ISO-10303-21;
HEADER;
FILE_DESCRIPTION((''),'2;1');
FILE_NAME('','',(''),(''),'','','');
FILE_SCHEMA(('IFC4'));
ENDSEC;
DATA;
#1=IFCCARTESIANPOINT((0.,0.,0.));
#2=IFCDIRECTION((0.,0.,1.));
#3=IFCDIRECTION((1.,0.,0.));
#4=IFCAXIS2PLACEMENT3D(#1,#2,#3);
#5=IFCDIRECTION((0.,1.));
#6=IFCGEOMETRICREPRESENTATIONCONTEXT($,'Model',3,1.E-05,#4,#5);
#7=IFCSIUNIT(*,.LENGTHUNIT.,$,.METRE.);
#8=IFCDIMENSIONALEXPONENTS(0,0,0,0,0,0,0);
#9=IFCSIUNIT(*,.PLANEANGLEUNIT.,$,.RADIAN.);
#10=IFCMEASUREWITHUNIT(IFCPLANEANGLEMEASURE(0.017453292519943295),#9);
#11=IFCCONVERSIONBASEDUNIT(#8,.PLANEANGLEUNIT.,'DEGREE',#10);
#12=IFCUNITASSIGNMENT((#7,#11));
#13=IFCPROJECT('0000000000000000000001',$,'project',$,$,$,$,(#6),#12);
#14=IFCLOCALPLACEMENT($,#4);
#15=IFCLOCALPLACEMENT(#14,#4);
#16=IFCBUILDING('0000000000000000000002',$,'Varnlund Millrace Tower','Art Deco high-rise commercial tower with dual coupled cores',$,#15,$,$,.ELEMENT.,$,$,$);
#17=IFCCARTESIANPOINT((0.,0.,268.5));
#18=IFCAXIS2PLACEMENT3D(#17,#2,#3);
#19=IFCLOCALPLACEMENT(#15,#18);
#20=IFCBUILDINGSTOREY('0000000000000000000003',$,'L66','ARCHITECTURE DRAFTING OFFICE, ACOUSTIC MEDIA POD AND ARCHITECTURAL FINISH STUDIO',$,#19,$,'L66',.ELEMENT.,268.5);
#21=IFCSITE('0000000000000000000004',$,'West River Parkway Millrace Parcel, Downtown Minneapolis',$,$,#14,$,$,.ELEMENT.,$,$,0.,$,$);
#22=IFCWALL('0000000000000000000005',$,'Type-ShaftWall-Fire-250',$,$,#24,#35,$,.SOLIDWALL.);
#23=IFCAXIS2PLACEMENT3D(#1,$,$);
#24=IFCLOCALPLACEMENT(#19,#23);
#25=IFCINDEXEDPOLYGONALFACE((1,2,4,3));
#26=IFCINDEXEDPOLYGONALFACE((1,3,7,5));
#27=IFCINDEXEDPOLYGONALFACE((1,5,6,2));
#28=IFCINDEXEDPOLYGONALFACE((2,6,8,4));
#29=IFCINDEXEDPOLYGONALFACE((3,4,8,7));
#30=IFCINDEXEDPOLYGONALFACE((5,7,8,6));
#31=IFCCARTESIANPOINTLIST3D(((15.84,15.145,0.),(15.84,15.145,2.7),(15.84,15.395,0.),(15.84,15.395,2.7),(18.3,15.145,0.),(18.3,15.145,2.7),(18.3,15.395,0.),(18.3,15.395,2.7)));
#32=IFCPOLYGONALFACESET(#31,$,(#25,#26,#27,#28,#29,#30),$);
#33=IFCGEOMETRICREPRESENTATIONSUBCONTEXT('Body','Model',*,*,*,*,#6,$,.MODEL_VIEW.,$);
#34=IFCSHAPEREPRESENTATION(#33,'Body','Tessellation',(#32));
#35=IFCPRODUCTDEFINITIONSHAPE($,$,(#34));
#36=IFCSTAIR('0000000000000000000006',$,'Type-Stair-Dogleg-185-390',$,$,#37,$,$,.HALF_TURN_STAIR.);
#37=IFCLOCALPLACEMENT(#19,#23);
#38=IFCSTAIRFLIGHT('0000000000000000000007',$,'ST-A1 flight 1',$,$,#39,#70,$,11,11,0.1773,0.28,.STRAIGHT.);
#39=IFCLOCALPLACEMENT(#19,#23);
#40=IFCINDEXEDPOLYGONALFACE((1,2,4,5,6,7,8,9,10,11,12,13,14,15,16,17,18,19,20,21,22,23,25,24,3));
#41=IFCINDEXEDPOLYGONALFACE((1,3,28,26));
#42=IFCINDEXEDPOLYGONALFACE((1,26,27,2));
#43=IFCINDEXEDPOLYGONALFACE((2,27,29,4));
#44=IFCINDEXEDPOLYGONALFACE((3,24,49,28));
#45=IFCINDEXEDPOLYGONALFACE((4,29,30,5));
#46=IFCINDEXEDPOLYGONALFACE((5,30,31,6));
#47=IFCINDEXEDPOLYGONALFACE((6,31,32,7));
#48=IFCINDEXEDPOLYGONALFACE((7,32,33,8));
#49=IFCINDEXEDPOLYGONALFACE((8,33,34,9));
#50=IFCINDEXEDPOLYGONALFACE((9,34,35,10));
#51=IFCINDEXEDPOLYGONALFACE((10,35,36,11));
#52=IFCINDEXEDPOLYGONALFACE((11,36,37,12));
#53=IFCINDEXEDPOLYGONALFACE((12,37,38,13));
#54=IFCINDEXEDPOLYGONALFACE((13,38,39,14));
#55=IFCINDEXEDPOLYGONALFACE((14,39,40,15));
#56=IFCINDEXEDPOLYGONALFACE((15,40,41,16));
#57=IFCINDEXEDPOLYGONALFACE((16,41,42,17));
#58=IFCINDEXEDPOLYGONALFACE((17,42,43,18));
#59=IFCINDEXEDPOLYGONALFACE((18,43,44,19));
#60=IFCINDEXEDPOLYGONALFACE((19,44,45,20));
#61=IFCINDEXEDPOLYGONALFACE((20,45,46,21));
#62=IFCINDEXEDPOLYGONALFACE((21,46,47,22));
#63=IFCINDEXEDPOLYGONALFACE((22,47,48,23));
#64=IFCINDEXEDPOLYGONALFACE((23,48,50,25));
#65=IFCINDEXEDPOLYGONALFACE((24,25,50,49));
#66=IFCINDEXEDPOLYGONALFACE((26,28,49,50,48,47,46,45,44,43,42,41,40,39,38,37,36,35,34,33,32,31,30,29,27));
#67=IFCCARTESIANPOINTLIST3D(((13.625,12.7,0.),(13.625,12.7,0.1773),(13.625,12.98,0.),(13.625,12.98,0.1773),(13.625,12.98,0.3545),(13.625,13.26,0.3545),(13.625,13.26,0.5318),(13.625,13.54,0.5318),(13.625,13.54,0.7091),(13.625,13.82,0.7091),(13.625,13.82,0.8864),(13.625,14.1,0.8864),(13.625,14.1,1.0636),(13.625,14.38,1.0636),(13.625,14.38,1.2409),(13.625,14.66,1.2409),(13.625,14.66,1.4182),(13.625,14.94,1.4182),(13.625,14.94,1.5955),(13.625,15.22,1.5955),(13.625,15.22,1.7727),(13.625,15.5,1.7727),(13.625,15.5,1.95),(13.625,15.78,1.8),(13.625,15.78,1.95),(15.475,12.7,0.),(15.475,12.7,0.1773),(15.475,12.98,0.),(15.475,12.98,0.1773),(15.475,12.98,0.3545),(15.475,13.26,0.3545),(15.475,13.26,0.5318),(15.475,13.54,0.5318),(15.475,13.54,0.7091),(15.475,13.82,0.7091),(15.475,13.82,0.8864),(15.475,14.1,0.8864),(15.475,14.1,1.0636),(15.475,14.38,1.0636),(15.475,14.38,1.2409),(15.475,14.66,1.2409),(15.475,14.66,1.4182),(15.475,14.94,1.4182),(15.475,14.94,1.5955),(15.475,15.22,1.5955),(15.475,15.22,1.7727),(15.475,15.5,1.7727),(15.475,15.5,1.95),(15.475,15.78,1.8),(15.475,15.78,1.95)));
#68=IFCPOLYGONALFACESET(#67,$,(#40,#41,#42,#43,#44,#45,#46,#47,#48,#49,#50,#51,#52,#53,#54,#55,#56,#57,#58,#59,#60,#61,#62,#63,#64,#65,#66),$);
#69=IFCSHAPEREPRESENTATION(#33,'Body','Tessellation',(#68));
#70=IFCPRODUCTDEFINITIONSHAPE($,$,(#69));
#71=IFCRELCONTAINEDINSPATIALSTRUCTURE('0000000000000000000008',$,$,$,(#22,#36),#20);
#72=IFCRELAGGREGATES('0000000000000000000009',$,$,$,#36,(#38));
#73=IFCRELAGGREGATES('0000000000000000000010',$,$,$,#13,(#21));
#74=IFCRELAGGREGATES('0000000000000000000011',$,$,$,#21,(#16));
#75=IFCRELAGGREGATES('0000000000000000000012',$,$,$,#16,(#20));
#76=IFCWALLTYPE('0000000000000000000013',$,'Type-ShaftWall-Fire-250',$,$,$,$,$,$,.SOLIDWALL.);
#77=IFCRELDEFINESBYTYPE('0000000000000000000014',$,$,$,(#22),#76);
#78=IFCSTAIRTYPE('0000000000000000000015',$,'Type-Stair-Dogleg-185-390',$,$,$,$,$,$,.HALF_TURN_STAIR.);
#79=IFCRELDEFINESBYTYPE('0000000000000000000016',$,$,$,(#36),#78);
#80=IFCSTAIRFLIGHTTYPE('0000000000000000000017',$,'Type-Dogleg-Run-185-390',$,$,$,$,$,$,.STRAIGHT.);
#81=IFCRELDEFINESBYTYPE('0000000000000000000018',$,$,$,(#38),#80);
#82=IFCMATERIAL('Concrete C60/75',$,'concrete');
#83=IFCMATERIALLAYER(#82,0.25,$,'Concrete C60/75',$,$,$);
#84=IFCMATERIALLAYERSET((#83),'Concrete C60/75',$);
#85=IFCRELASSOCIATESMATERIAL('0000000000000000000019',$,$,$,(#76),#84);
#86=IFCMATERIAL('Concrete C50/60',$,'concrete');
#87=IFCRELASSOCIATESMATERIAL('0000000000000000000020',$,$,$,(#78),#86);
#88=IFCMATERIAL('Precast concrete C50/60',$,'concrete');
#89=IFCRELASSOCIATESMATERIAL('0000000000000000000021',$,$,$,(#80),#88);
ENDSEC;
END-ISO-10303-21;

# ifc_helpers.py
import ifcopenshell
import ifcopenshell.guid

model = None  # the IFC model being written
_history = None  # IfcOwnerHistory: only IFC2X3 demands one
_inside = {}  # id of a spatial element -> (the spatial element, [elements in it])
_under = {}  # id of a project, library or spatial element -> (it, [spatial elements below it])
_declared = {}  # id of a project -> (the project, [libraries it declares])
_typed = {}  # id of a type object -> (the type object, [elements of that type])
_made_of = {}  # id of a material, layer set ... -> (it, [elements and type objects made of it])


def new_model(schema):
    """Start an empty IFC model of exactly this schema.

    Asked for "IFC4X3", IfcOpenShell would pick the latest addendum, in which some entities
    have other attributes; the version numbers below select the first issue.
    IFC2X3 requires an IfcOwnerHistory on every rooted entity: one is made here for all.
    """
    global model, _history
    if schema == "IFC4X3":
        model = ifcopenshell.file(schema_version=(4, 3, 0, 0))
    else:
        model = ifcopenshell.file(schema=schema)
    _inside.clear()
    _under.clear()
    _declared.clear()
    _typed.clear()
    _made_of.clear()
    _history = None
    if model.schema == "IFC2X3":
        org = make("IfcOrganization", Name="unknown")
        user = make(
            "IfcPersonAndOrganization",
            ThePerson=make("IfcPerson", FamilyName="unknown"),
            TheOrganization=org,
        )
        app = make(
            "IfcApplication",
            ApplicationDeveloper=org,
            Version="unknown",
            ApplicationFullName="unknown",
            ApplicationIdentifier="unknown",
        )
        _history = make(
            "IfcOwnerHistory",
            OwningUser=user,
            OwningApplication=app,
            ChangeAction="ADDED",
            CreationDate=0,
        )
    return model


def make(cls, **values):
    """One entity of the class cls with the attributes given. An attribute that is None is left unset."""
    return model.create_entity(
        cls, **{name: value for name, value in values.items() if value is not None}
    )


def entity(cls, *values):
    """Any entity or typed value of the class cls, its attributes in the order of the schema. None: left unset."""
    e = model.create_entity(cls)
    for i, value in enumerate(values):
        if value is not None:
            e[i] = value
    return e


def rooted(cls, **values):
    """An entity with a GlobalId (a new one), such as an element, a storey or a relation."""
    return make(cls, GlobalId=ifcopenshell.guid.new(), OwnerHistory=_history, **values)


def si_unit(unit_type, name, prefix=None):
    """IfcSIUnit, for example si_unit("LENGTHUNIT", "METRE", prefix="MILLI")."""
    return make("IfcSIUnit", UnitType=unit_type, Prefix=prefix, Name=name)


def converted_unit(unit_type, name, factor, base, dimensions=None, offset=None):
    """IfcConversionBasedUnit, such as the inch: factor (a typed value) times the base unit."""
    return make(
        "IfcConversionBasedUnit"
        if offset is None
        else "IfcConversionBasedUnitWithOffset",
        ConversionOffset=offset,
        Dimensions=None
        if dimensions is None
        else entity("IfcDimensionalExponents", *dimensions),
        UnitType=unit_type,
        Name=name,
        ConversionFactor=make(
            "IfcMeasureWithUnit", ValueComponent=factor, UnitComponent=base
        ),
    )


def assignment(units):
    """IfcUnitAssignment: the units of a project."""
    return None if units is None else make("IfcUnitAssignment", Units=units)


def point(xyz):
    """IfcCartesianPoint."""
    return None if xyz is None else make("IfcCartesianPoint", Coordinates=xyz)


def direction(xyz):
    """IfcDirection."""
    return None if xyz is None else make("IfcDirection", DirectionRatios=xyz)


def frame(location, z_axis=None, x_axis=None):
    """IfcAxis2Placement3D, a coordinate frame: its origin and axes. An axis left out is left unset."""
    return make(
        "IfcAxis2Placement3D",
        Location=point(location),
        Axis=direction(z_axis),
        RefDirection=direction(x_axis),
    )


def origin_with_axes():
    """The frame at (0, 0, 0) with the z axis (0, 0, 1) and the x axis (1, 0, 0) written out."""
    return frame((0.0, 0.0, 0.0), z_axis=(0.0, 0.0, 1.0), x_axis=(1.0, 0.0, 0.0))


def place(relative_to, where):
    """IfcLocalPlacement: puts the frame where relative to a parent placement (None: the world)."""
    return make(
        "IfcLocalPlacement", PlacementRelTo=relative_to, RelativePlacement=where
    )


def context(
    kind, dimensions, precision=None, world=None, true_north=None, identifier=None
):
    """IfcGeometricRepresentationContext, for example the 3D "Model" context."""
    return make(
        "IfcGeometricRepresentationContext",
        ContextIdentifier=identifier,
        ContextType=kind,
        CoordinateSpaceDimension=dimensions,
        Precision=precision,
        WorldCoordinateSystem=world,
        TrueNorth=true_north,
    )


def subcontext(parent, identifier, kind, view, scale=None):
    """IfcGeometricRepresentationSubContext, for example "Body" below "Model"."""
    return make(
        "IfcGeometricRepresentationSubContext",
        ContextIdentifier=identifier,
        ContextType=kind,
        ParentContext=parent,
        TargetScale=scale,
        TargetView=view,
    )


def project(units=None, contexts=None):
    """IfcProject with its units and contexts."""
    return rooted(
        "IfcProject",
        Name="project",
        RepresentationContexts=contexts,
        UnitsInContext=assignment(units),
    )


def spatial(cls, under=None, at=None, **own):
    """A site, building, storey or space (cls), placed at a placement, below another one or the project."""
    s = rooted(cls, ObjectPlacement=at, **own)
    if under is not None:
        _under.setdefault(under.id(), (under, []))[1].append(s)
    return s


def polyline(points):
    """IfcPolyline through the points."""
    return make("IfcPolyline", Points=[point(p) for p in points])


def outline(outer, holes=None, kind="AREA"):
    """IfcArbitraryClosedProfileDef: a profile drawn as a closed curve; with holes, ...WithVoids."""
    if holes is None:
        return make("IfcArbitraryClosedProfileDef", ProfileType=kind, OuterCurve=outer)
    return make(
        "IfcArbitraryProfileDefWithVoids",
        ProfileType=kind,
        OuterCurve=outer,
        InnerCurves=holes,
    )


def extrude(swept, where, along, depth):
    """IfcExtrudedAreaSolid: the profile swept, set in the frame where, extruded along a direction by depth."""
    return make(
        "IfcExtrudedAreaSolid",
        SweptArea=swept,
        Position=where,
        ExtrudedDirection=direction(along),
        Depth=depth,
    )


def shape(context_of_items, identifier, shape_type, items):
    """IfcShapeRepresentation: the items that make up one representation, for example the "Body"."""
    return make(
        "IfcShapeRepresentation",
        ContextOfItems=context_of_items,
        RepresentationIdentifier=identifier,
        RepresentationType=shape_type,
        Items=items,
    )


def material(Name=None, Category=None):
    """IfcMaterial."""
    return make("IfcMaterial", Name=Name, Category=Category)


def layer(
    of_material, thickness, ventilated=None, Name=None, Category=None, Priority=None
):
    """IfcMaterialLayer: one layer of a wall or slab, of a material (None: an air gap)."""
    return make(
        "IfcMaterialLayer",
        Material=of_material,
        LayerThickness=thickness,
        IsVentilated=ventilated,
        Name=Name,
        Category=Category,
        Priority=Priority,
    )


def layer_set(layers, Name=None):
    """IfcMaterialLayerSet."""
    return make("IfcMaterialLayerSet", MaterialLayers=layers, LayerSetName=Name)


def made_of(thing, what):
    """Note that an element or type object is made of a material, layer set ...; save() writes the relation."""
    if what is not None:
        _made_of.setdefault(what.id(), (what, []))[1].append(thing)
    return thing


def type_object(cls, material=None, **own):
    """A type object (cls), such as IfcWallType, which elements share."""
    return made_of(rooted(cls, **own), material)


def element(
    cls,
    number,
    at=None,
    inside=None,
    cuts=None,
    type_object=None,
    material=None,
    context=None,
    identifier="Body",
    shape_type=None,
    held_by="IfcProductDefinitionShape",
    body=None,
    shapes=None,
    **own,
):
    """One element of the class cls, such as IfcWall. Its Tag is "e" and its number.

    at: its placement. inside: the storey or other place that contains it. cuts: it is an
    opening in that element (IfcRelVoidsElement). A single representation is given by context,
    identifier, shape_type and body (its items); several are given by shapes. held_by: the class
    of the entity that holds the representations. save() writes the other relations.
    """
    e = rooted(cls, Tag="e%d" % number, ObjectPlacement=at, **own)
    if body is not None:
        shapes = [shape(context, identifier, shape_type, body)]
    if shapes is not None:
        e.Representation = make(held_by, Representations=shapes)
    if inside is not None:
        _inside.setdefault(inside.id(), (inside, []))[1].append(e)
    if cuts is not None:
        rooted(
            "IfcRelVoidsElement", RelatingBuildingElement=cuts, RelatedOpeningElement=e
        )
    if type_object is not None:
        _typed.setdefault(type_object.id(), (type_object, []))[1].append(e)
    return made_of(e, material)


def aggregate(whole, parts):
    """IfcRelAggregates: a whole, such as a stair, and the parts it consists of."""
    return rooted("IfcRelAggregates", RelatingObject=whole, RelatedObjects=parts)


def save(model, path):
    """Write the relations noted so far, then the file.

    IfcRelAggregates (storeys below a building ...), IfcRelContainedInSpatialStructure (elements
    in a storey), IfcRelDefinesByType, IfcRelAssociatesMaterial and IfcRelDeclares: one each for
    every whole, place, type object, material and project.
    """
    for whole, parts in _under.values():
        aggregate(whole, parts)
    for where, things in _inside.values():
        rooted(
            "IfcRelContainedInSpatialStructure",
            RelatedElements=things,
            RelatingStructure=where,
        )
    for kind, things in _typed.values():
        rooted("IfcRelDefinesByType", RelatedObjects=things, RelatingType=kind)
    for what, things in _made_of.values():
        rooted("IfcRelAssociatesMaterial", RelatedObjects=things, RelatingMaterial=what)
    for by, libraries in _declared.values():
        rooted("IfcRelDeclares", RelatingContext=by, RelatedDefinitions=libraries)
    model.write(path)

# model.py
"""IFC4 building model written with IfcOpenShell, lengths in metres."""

from ifc_helpers import new_model, entity, si_unit, converted_unit, direction, frame, origin_with_axes, place, context, subcontext, project, spatial, polyline, outline, extrude, material, layer, layer_set, type_object, element, aggregate, save


model = new_model("IFC4")

# Units and contexts
model_context = context("Model", 3, precision=1e-05, world=origin_with_axes(), true_north=direction((0.0, 1.0)))
body_context = subcontext(model_context, "Body", "Model", "MODEL_VIEW")
ifc_project = project(units=[si_unit("LENGTHUNIT", "METRE"), converted_unit("PLANEANGLEUNIT", "DEGREE", entity("IfcPlaneAngleMeasure", 0.017453292519943295), si_unit("PLANEANGLEUNIT", "RADIAN"), dimensions=[0, 0, 0, 0, 0, 0, 0])], contexts=[model_context])

# Site, building, storey
site_placement = place(None, origin_with_axes())
site = spatial("IfcSite", under=ifc_project, at=site_placement, Name="West River Parkway Millrace Parcel, Downtown Minneapolis", CompositionType="ELEMENT", RefElevation=0.0)
building_placement = place(site_placement, origin_with_axes())
building = spatial("IfcBuilding", under=site, at=building_placement, Name="Varnlund Millrace Tower", Description="Art Deco high-rise commercial tower with dual coupled cores", CompositionType="ELEMENT")
storey_placement = place(building_placement, frame((0.0, 0.0, 268.5), z_axis=(0.0, 0.0, 1.0), x_axis=(1.0, 0.0, 0.0)))
storey = spatial("IfcBuildingStorey", under=building, at=storey_placement, Name="L66", Description="ARCHITECTURE DRAFTING OFFICE, ACOUSTIC MEDIA POD AND ARCHITECTURAL FINISH STUDIO", LongName="L66", CompositionType="ELEMENT", Elevation=268.5)

# Shared definitions
ifc_material_1 = material(Name="Concrete C60/75", Category="concrete")

# Wall
ifc_layer_1 = layer(ifc_material_1, 0.25, Name="Concrete C60/75")
ifc_layer_set_1 = layer_set([ifc_layer_1], Name="Concrete C60/75")
wall_type_1 = type_object("IfcWallType", Name="Type-ShaftWall-Fire-250", PredefinedType="SOLIDWALL", material=ifc_layer_set_1)
for number, where, z_axis, x_axis, name in (
    (1, (15.84, 15.27, 0.0), (0.0, 0.0, 1.0), (1.0, 0.0, 0.0), "Type-ShaftWall-Fire-250"),
):
    element("IfcWall", number, at=place(storey_placement, frame(where, z_axis=z_axis, x_axis=x_axis)), inside=storey, type_object=wall_type_1, Name=name, PredefinedType="SOLIDWALL", context=body_context, shape_type="SweptSolid", body=[
        extrude(outline(polyline([(0.0, -0.125), (2.46, -0.125), (2.46, 0.125), (0.0, 0.125), (0.0, -0.125)])), origin_with_axes(), (0.0, 0.0, 1.0), 2.7),
    ])

# Stair, stair flight
ifc_material_2 = material(Name="Concrete C50/60", Category="concrete")
stair_type = type_object("IfcStairType", Name="Type-Stair-Dogleg-185-390", PredefinedType="HALF_TURN_STAIR", material=ifc_material_2)
stair_placement = place(storey_placement, origin_with_axes())
stair = element("IfcStair", 2, at=stair_placement, inside=storey, type_object=stair_type, Name="Type-Stair-Dogleg-185-390", PredefinedType="HALF_TURN_STAIR")
ifc_material_3 = material(Name="Precast concrete C50/60", Category="concrete")
stair_flight_type = type_object("IfcStairFlightType", Name="Type-Dogleg-Run-185-390", PredefinedType="STRAIGHT", material=ifc_material_3)
stair_flight_placement = place(storey_placement, frame((13.625, 12.7, 0.0), z_axis=(1.0, 0.0, 0.0), x_axis=(0.0, 1.0, 0.0)))
stair_flight = element("IfcStairFlight", 3, at=stair_flight_placement, type_object=stair_flight_type, Name="ST-A1 flight 1", NumberOfRisers=11, NumberOfTreads=11, PredefinedType="STRAIGHT", RiserHeight=0.1773, TreadLength=0.28, context=body_context, shape_type="SweptSolid", body=[
    extrude(outline(polyline([(0.0, 0.0), (0.0, 0.1773), (0.28, 0.1773), (0.28, 0.3545), (0.56, 0.3545), (0.56, 0.5318), (0.84, 0.5318), (0.84, 0.7091), (1.12, 0.7091), (1.12, 0.8864), (1.4, 0.8864), (1.4, 1.0636), (1.68, 1.0636), (1.68, 1.2409), (1.96, 1.2409), (1.96, 1.4182), (2.24, 1.4182), (2.24, 1.5955), (2.52, 1.5955), (2.52, 1.7727), (2.8, 1.7727), (2.8, 1.95), (3.08, 1.95), (3.08, 1.8), (0.28, 0.0), (0.0, 0.0)])), origin_with_axes(), (0.0, 0.0, 1.0), 1.85),
])
aggregate(stair, [stair_flight])

save(model, "model.ifc")
